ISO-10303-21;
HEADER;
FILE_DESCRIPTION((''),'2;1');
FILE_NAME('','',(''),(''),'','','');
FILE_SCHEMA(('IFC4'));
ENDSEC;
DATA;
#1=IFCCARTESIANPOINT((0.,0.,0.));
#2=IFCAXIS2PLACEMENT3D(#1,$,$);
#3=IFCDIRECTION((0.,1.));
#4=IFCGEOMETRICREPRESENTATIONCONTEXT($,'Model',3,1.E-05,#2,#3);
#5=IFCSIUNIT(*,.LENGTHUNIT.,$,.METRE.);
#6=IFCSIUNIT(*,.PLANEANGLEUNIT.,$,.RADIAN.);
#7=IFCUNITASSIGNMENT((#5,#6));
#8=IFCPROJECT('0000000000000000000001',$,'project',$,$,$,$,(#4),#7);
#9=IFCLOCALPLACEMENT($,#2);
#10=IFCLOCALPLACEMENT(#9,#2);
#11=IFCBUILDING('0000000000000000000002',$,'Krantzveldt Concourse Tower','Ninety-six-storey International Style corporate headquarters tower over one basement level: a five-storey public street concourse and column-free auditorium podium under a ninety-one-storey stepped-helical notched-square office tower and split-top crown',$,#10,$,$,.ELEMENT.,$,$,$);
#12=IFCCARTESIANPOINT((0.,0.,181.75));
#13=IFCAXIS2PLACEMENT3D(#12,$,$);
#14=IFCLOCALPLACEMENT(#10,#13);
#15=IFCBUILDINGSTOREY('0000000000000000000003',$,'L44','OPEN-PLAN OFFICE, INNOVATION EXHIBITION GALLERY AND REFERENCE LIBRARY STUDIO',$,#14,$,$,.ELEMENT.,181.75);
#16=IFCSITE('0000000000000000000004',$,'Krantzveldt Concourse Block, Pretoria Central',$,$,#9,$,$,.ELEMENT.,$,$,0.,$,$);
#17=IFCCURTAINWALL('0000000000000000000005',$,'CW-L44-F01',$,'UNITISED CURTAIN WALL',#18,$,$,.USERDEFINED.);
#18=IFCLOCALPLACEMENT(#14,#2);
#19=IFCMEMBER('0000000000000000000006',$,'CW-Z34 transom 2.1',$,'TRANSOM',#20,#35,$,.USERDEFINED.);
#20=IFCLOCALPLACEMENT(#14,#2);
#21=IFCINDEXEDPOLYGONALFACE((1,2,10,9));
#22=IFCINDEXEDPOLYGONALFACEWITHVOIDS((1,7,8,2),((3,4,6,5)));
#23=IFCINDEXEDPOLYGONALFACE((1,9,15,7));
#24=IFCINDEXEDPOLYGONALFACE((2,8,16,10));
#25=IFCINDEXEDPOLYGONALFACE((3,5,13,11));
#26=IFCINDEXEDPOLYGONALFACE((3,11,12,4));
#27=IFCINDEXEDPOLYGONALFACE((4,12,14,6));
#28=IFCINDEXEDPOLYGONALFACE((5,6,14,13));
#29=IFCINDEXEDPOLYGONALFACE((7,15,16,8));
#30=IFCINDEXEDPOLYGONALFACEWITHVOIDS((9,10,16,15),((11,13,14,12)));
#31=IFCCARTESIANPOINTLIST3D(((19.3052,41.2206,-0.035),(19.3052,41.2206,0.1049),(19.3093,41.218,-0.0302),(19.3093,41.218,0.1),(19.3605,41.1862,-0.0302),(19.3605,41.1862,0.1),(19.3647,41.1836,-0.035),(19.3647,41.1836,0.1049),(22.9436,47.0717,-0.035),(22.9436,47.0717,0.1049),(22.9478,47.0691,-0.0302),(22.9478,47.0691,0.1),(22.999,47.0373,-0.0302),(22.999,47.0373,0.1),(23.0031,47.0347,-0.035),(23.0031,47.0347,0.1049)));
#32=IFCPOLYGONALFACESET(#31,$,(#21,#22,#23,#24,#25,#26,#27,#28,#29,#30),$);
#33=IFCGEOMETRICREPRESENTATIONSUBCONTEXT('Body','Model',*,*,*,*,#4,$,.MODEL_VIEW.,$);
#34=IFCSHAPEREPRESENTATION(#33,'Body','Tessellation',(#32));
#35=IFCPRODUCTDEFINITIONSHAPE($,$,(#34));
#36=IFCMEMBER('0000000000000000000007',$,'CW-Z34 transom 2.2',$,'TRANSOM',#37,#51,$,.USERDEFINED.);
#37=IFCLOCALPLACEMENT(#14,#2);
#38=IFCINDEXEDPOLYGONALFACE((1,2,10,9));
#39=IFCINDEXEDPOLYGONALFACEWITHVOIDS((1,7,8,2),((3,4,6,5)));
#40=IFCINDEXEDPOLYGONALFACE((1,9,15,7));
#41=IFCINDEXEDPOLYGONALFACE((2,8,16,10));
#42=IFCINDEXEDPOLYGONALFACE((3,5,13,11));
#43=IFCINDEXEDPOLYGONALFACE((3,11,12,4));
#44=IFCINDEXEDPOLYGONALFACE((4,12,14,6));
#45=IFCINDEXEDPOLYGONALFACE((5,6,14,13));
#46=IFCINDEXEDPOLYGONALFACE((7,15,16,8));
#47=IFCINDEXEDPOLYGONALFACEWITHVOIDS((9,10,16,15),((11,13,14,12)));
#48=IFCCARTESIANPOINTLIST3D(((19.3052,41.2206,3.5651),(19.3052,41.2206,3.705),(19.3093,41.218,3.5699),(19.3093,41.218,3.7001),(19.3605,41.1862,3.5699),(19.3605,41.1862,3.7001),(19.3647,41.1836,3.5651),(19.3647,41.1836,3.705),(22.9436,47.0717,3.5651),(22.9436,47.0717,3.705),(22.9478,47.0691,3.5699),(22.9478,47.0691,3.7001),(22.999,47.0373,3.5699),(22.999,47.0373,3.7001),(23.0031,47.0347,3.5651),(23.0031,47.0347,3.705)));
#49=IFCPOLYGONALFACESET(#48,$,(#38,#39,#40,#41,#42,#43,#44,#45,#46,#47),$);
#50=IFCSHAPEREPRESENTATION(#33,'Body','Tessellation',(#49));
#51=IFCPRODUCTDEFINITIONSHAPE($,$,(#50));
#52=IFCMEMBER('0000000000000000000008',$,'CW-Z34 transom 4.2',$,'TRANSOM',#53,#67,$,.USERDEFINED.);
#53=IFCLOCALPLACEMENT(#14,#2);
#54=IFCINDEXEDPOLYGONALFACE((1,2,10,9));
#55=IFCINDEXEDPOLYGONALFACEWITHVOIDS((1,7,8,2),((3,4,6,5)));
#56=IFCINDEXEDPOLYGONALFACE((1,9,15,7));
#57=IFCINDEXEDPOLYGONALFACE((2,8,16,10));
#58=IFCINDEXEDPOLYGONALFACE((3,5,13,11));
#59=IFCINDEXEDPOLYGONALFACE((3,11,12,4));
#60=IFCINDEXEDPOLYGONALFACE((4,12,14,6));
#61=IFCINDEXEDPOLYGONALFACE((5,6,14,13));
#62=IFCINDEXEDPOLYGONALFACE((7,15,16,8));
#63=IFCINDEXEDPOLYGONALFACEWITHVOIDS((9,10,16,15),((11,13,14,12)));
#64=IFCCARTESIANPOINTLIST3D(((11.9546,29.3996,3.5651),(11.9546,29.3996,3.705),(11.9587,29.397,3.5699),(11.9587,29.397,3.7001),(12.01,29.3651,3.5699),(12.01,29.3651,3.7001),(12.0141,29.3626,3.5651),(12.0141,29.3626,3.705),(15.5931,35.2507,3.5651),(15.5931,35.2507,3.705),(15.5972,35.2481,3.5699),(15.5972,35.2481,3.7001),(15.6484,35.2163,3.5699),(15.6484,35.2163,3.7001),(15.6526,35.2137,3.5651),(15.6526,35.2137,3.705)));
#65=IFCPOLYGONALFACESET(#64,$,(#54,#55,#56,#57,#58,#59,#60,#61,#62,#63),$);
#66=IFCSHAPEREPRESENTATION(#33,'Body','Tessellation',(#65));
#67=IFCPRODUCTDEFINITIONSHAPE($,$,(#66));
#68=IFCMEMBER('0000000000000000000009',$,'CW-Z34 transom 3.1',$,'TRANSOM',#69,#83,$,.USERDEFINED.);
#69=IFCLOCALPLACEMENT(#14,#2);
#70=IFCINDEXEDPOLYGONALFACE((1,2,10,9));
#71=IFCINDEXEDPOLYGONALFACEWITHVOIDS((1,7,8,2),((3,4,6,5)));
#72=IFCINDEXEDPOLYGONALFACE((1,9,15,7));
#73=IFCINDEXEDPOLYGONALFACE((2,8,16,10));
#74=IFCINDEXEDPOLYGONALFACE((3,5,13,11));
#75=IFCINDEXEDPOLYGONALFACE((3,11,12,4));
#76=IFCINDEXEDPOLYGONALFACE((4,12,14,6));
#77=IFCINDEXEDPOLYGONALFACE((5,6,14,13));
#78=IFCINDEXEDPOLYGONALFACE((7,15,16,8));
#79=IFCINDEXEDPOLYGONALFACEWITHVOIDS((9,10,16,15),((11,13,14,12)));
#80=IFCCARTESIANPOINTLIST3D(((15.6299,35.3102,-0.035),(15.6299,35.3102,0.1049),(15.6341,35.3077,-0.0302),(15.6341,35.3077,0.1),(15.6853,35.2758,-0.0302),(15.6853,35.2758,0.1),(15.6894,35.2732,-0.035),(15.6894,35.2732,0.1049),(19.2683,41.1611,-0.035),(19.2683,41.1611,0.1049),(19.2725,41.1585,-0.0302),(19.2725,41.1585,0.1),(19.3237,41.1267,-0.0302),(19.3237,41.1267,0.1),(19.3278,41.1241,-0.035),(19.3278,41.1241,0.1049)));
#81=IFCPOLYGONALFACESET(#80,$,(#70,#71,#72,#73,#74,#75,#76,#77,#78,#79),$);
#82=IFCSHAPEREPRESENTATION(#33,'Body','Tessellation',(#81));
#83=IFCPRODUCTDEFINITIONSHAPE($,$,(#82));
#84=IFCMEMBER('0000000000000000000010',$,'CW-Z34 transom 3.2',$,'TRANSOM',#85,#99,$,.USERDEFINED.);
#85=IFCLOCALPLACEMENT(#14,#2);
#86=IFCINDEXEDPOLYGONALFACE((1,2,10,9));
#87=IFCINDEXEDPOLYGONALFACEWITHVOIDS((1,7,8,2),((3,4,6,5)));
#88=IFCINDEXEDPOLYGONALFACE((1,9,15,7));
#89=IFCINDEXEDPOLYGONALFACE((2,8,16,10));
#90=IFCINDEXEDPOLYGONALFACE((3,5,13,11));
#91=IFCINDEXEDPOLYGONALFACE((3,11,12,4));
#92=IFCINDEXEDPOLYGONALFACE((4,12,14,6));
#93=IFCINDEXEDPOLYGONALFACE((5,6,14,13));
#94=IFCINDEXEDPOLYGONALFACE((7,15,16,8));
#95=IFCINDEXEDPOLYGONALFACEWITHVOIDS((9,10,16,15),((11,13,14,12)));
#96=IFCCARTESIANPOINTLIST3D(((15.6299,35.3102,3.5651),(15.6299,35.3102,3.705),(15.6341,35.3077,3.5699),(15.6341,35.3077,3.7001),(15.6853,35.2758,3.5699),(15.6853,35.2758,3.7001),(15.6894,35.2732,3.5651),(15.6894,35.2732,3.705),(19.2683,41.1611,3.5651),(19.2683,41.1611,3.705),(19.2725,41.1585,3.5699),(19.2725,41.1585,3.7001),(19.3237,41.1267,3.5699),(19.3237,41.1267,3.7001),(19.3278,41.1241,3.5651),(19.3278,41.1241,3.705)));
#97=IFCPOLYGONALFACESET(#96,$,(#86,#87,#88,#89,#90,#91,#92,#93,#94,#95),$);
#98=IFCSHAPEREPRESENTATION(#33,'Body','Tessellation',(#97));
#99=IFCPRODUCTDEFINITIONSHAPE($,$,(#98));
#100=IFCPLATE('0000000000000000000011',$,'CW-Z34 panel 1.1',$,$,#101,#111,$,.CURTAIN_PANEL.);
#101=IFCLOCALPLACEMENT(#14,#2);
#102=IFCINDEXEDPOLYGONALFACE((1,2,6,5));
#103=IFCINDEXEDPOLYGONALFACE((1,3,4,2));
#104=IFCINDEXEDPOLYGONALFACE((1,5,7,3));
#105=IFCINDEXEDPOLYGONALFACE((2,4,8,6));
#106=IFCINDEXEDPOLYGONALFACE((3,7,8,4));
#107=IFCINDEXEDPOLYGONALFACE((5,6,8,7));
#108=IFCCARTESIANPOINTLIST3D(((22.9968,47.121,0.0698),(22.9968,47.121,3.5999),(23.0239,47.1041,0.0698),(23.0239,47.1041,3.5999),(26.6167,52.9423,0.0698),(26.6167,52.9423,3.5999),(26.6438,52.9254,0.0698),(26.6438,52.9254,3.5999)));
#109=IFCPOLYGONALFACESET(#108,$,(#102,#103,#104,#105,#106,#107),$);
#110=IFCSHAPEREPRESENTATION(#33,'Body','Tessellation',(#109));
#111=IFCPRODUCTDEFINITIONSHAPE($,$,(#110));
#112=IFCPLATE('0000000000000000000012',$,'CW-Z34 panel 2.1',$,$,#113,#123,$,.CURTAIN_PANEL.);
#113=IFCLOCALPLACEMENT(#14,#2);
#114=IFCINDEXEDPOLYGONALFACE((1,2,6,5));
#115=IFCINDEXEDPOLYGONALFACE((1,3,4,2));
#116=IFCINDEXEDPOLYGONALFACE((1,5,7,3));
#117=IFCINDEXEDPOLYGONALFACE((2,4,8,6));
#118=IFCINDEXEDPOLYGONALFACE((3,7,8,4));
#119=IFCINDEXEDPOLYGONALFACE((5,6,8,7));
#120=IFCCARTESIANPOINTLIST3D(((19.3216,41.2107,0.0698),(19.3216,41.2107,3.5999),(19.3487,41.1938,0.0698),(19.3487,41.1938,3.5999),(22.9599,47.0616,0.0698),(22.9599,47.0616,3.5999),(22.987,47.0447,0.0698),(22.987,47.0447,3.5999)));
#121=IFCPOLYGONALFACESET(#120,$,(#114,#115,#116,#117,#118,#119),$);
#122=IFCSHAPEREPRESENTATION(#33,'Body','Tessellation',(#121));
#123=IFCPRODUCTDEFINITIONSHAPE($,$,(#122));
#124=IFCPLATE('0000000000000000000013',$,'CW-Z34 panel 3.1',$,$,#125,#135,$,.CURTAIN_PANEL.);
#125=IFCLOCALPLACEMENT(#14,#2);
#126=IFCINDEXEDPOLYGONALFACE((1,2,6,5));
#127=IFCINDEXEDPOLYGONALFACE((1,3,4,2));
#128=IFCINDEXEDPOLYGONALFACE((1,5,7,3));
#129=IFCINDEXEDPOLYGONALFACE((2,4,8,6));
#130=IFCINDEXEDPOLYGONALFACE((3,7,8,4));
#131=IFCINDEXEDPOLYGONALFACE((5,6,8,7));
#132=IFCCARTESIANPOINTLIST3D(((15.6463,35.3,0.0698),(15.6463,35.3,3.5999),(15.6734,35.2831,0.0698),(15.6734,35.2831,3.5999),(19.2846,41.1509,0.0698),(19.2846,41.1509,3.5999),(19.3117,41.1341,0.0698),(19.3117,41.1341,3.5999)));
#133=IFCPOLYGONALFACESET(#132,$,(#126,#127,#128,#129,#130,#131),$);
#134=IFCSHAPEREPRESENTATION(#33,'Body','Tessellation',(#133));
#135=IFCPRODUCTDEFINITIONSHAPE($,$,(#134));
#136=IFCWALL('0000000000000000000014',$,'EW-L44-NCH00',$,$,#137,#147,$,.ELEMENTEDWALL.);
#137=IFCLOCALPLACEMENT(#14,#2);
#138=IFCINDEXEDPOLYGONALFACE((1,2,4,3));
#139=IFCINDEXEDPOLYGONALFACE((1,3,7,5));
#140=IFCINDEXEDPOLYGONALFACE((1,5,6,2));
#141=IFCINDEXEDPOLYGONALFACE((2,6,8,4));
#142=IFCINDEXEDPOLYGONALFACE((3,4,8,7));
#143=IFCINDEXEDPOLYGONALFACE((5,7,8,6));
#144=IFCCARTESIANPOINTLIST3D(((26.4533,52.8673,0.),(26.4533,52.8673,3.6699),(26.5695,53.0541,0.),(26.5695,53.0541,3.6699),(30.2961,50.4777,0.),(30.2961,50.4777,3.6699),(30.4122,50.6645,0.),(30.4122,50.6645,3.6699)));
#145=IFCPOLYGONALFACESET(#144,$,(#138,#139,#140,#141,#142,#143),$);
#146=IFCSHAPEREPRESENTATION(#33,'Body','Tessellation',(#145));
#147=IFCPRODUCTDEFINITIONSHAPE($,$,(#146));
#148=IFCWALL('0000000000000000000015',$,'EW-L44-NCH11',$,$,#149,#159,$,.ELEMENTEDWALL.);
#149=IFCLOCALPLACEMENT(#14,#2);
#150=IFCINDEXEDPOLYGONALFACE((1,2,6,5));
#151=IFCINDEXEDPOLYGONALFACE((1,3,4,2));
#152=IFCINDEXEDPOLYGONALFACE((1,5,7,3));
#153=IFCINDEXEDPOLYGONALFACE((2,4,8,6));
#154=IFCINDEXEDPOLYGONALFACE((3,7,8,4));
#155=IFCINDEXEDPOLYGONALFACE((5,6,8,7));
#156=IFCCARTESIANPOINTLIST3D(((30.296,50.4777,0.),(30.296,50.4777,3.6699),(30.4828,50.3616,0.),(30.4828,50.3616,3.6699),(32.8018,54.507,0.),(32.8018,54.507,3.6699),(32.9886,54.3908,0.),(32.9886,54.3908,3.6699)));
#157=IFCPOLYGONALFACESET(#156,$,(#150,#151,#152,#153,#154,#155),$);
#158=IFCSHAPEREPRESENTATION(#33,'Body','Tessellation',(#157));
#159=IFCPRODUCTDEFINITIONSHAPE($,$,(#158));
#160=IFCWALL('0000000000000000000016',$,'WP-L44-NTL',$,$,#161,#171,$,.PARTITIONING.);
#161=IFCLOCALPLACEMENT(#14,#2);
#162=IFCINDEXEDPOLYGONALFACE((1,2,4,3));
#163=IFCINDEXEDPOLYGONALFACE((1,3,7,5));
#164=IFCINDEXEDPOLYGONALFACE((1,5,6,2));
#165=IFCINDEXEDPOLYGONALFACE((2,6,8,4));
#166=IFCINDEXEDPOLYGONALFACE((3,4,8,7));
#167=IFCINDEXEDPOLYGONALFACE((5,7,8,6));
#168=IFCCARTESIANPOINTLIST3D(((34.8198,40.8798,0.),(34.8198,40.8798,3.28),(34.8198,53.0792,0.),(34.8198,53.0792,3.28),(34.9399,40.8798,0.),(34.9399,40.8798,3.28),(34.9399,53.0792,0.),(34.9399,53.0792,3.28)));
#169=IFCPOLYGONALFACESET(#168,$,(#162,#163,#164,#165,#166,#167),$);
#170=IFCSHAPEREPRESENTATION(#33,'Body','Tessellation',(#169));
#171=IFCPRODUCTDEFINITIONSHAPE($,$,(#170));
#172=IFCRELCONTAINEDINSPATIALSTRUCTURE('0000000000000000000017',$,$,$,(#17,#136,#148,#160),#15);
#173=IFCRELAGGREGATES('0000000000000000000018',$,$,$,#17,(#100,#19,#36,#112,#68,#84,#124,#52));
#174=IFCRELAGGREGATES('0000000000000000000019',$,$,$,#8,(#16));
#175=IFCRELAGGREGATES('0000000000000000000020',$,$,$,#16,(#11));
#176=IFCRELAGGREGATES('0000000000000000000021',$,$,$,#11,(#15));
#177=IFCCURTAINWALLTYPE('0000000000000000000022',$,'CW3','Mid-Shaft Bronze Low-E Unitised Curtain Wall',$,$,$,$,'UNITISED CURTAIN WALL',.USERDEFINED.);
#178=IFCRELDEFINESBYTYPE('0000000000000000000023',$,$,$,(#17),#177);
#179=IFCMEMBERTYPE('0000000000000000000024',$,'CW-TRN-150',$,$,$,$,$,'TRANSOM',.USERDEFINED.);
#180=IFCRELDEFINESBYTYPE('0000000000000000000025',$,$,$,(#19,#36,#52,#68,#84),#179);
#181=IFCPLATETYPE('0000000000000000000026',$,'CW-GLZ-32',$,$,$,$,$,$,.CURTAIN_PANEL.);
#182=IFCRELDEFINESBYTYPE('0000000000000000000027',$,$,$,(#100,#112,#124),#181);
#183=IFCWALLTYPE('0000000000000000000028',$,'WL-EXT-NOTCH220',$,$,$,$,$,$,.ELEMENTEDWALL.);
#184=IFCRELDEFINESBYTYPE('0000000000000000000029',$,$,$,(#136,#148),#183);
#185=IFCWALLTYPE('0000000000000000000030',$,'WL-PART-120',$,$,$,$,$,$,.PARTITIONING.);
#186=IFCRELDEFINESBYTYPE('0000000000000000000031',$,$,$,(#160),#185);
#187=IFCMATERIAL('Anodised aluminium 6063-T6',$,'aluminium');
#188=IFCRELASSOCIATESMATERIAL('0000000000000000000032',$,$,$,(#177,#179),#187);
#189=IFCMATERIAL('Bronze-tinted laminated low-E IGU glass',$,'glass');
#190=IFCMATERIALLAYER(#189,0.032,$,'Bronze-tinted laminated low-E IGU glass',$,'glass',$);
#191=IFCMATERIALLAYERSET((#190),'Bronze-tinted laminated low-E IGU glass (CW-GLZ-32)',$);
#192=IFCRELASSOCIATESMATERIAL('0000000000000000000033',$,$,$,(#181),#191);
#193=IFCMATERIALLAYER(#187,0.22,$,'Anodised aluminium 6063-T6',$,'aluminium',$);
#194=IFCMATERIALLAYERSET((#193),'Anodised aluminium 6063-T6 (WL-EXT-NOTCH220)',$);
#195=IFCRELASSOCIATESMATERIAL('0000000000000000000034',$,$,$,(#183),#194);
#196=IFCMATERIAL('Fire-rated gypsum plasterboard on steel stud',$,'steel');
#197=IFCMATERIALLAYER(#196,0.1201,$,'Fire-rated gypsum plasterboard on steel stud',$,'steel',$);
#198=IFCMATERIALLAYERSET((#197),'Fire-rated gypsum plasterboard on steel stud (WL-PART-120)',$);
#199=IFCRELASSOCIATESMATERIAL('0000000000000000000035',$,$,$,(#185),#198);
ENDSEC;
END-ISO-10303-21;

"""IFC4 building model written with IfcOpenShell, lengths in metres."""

from ifc_helpers import new_model, si_unit, direction, frame, frame_2d, origin, origin_2d, place, context, subcontext, project, spatial, rectangle, hollow_rectangle, extrude, source, transform, mapped, material, layer, layer_set, material_profile, profile_set, type_object, type_shapes, element, aggregate, save


model = new_model("IFC4")

# Units and contexts
model_context = context("Model", 3, precision=1e-05, world=origin(), true_north=direction((0.0, 1.0)))
body_context = subcontext(model_context, "Body", "Model", "MODEL_VIEW")
ifc_project = project(units=[si_unit("LENGTHUNIT", "METRE"), si_unit("PLANEANGLEUNIT", "RADIAN")], contexts=[model_context])

# Site, building, storey
site_placement = place(None, origin())
site = spatial("IfcSite", under=ifc_project, at=site_placement, Name="Krantzveldt Concourse Block, Pretoria Central", CompositionType="ELEMENT", RefElevation=0.0)
building_placement = place(site_placement, origin())
building = spatial("IfcBuilding", under=site, at=building_placement, Name="Krantzveldt Concourse Tower", Description="Ninety-six-storey International Style corporate headquarters tower over one basement level: a five-storey public street concourse and column-free auditorium podium under a ninety-one-storey stepped-helical notched-square office tower and split-top crown", CompositionType="ELEMENT")
storey_placement = place(building_placement, frame((0.0, 0.0, 181.75)))
storey = spatial("IfcBuildingStorey", under=building, at=storey_placement, Name="L44", Description="OPEN-PLAN OFFICE, INNOVATION EXHIBITION GALLERY AND REFERENCE LIBRARY STUDIO", CompositionType="ELEMENT", Elevation=181.75)

# Curtain wall
ifc_material_1 = material(Name="Anodised aluminium 6063-T6", Category="aluminium")
curtain_wall_type = type_object("IfcCurtainWallType", Name="CW3", Description="Mid-Shaft Bronze Low-E Unitised Curtain Wall", ElementType="UNITISED CURTAIN WALL", PredefinedType="USERDEFINED", material=ifc_material_1)
curtain_wall_1_placement = place(storey_placement, origin())
curtain_wall_1 = element("IfcCurtainWall", 1, at=curtain_wall_1_placement, inside=storey, type_object=curtain_wall_type, Name="CW-L44-F01", ObjectType="UNITISED CURTAIN WALL", PredefinedType="USERDEFINED")

# Members
ifc_material_profile_1 = material_profile(ifc_material_1, hollow_rectangle(XDim=0.0701, YDim=0.1399, WallThickness=0.0049, at=origin_2d()), Name="Anodised aluminium 6063-T6", Category="aluminium")
ifc_profile_set_1 = profile_set([ifc_material_profile_1], Name="Anodised aluminium 6063-T6 - ALU-TRAN 140x70x5")
member_type_1 = type_object("IfcMemberType", Name="CW-TRN-150", ElementType="TRANSOM", PredefinedType="USERDEFINED", material=ifc_profile_set_1)
shared_shape_1 = source(origin(), body_context, "Body", "SweptSolid", [
    extrude(hollow_rectangle(XDim=0.0701, YDim=0.1399, WallThickness=0.0049, at=origin_2d()), origin(), (0.0, 0.0, 1.0), 6.8901),
])
member_1_placement = place(storey_placement, frame((22.9734, 47.0532, 0.0349), z_axis=(-0.528067, -0.849202, 0.0), x_axis=(0.849202, -0.528067, 0.0)))
member_1 = element("IfcMember", 2, at=member_1_placement, type_object=member_type_1, Name="CW-Z34 transom 2.1", ObjectType="TRANSOM", PredefinedType="USERDEFINED", context=body_context, shape_type="MappedRepresentation", body=[
    mapped(shared_shape_1, transform((0.0, 0.0, 0.0), x_axis=(1.0, 0.0, 0.0), y_axis=(0.0, 1.0, 0.0), z_axis=(0.0, 0.0, 1.0), scale=1.0)),
])
member_2_placement = place(storey_placement, frame((22.9734, 47.0532, 3.635), z_axis=(-0.528067, -0.849202, 0.0), x_axis=(0.849202, -0.528067, 0.0)))
member_2 = element("IfcMember", 3, at=member_2_placement, type_object=member_type_1, Name="CW-Z34 transom 2.2", ObjectType="TRANSOM", PredefinedType="USERDEFINED", context=body_context, shape_type="MappedRepresentation", body=[
    mapped(shared_shape_1, transform((0.0, 0.0, 0.0), x_axis=(1.0, 0.0, 0.0), y_axis=(0.0, 1.0, 0.0), z_axis=(0.0, 0.0, 1.0), scale=1.0)),
])
member_3_placement = place(storey_placement, frame((15.6228, 35.2322, 3.635), z_axis=(-0.528067, -0.849202, 0.0), x_axis=(0.849202, -0.528067, 0.0)))
member_3 = element("IfcMember", 4, at=member_3_placement, type_object=member_type_1, Name="CW-Z34 transom 4.2", ObjectType="TRANSOM", PredefinedType="USERDEFINED", context=body_context, shape_type="MappedRepresentation", body=[
    mapped(shared_shape_1, transform((0.0, 0.0, 0.0), x_axis=(1.0, 0.0, 0.0), y_axis=(0.0, 1.0, 0.0), z_axis=(0.0, 0.0, 1.0), scale=1.0)),
])
shared_shape_2 = source(origin(), body_context, "Body", "SweptSolid", [
    extrude(hollow_rectangle(XDim=0.0701, YDim=0.1399, WallThickness=0.0049, at=origin_2d()), origin(), (0.0, 0.0, 1.0), 6.8899),
])
member_4_placement = place(storey_placement, frame((19.2981, 41.1426, 0.0349), z_axis=(-0.528083, -0.849193, 0.0), x_axis=(0.849193, -0.528083, 0.0)))
member_4 = element("IfcMember", 5, at=member_4_placement, type_object=member_type_1, Name="CW-Z34 transom 3.1", ObjectType="TRANSOM", PredefinedType="USERDEFINED", context=body_context, shape_type="MappedRepresentation", body=[
    mapped(shared_shape_2, transform((0.0, 0.0, 0.0), x_axis=(1.0, 0.0, 0.0), y_axis=(0.0, 1.0, 0.0), z_axis=(0.0, 0.0, 1.0), scale=1.0)),
])
member_5_placement = place(storey_placement, frame((19.2981, 41.1426, 3.635), z_axis=(-0.528083, -0.849193, 0.0), x_axis=(0.849193, -0.528083, 0.0)))
member_5 = element("IfcMember", 6, at=member_5_placement, type_object=member_type_1, Name="CW-Z34 transom 3.2", ObjectType="TRANSOM", PredefinedType="USERDEFINED", context=body_context, shape_type="MappedRepresentation", body=[
    mapped(shared_shape_2, transform((0.0, 0.0, 0.0), x_axis=(1.0, 0.0, 0.0), y_axis=(0.0, 1.0, 0.0), z_axis=(0.0, 0.0, 1.0), scale=1.0)),
])

# Plates
ifc_material_2 = material(Name="Bronze-tinted laminated low-E IGU glass", Category="glass")
ifc_layer_1 = layer(ifc_material_2, 0.032, Name="Bronze-tinted laminated low-E IGU glass", Category="glass")
ifc_layer_set_1 = layer_set([ifc_layer_1], Name="Bronze-tinted laminated low-E IGU glass (CW-GLZ-32)")
plate_type = type_object("IfcPlateType", Name="CW-GLZ-32", PredefinedType="CURTAIN_PANEL", material=ifc_layer_set_1)
shared_shape_3 = source(origin(), body_context, "Body", "SweptSolid", [
    extrude(rectangle(XDim=6.855, YDim=0.032, at=origin_2d()), origin(), (0.0, 0.0, 1.0), 3.53),
])
plate_1_placement = place(storey_placement, frame((24.8203, 50.0232, 0.0698), z_axis=(0.0, 0.0, 1.0), x_axis=(-0.528068, -0.849202, 0.0)))
plate_1 = element("IfcPlate", 7, at=plate_1_placement, type_object=plate_type, Name="CW-Z34 panel 1.1", PredefinedType="CURTAIN_PANEL", context=body_context, shape_type="MappedRepresentation", body=[
    mapped(shared_shape_3, transform((0.0, 0.0, 0.0), x_axis=(1.0, 0.0, 0.0), y_axis=(0.0, 1.0, 0.0), z_axis=(0.0, 0.0, 1.0), scale=1.0)),
])
shared_shape_4 = source(origin(), body_context, "Body", "SweptSolid", [
    extrude(rectangle(XDim=6.8899, YDim=0.032, at=origin_2d()), origin(), (0.0, 0.0, 1.0), 3.53),
])
type_shapes(plate_type, [shared_shape_3, shared_shape_4])
plate_2_placement = place(storey_placement, frame((21.1543, 44.1277, 0.0698), z_axis=(0.0, 0.0, 1.0), x_axis=(-0.528068, -0.849202, 0.0)))
plate_2 = element("IfcPlate", 8, at=plate_2_placement, type_object=plate_type, Name="CW-Z34 panel 2.1", PredefinedType="CURTAIN_PANEL", context=body_context, shape_type="MappedRepresentation", body=[
    mapped(shared_shape_4, transform((0.0, 0.0, 0.0), x_axis=(1.0, 0.0, 0.0), y_axis=(0.0, 1.0, 0.0), z_axis=(0.0, 0.0, 1.0), scale=1.0)),
])
plate_3_placement = place(storey_placement, frame((17.479, 38.217, 0.0698), z_axis=(0.0, 0.0, 1.0), x_axis=(-0.528068, -0.849202, 0.0)))
plate_3 = element("IfcPlate", 9, at=plate_3_placement, type_object=plate_type, Name="CW-Z34 panel 3.1", PredefinedType="CURTAIN_PANEL", context=body_context, shape_type="MappedRepresentation", body=[
    mapped(shared_shape_4, transform((0.0, 0.0, 0.0), x_axis=(1.0, 0.0, 0.0), y_axis=(0.0, 1.0, 0.0), z_axis=(0.0, 0.0, 1.0), scale=1.0)),
])
aggregate(curtain_wall_1, [plate_1, member_1, member_2, plate_2, member_4, member_5, plate_3, member_3])

# Walls
ifc_layer_2 = layer(ifc_material_1, 0.22, Name="Anodised aluminium 6063-T6", Category="aluminium")
ifc_layer_set_2 = layer_set([ifc_layer_2], Name="Anodised aluminium 6063-T6 (WL-EXT-NOTCH220)")
wall_type_1 = type_object("IfcWallType", Name="WL-EXT-NOTCH220", PredefinedType="ELEMENTEDWALL", material=ifc_layer_set_2)
wall_1_placement = place(storey_placement, frame((30.3542, 50.571, 0.0), z_axis=(0.0, 0.0, 1.0), x_axis=(-0.849196, 0.528077, 0.0)))
element("IfcWall", 10, at=wall_1_placement, inside=storey, type_object=wall_type_1, Name="EW-L44-NCH00", PredefinedType="ELEMENTEDWALL", context=body_context, shape_type="SweptSolid", body=[
    extrude(rectangle(XDim=4.5251, YDim=0.22, at=frame_2d((2.2627, 0.0))), origin(), (0.0, 0.0, 1.0), 3.6699),
])
wall_2_placement = place(storey_placement, frame((32.8953, 54.449, 0.0), z_axis=(0.0, 0.0, 1.0), x_axis=(-0.528111, -0.849176, 0.0)))
element("IfcWall", 11, at=wall_2_placement, inside=storey, type_object=wall_type_1, Name="EW-L44-NCH11", PredefinedType="ELEMENTEDWALL", context=body_context, shape_type="SweptSolid", body=[
    extrude(rectangle(XDim=4.7449, YDim=0.22, at=frame_2d((2.3726, 0.0))), origin(), (0.0, 0.0, 1.0), 3.6699),
])
ifc_material_3 = material(Name="Fire-rated gypsum plasterboard on steel stud", Category="steel")
ifc_layer_3 = layer(ifc_material_3, 0.1201, Name="Fire-rated gypsum plasterboard on steel stud", Category="steel")
ifc_layer_set_3 = layer_set([ifc_layer_3], Name="Fire-rated gypsum plasterboard on steel stud (WL-PART-120)")
wall_type_2 = type_object("IfcWallType", Name="WL-PART-120", PredefinedType="PARTITIONING", material=ifc_layer_set_3)
wall_3_placement = place(storey_placement, frame((34.8799, 40.8799, 0.0), z_axis=(0.0, 0.0, 1.0), x_axis=(0.0, 1.0, 0.0)))
element("IfcWall", 12, at=wall_3_placement, inside=storey, type_object=wall_type_2, Name="WP-L44-NTL", PredefinedType="PARTITIONING", context=body_context, shape_type="SweptSolid", body=[
    extrude(rectangle(XDim=12.1995, YDim=0.1201, at=frame_2d((6.0996, 0.0))), origin(), (0.0, 0.0, 1.0), 3.28),
])

save(model, "model.ifc")
